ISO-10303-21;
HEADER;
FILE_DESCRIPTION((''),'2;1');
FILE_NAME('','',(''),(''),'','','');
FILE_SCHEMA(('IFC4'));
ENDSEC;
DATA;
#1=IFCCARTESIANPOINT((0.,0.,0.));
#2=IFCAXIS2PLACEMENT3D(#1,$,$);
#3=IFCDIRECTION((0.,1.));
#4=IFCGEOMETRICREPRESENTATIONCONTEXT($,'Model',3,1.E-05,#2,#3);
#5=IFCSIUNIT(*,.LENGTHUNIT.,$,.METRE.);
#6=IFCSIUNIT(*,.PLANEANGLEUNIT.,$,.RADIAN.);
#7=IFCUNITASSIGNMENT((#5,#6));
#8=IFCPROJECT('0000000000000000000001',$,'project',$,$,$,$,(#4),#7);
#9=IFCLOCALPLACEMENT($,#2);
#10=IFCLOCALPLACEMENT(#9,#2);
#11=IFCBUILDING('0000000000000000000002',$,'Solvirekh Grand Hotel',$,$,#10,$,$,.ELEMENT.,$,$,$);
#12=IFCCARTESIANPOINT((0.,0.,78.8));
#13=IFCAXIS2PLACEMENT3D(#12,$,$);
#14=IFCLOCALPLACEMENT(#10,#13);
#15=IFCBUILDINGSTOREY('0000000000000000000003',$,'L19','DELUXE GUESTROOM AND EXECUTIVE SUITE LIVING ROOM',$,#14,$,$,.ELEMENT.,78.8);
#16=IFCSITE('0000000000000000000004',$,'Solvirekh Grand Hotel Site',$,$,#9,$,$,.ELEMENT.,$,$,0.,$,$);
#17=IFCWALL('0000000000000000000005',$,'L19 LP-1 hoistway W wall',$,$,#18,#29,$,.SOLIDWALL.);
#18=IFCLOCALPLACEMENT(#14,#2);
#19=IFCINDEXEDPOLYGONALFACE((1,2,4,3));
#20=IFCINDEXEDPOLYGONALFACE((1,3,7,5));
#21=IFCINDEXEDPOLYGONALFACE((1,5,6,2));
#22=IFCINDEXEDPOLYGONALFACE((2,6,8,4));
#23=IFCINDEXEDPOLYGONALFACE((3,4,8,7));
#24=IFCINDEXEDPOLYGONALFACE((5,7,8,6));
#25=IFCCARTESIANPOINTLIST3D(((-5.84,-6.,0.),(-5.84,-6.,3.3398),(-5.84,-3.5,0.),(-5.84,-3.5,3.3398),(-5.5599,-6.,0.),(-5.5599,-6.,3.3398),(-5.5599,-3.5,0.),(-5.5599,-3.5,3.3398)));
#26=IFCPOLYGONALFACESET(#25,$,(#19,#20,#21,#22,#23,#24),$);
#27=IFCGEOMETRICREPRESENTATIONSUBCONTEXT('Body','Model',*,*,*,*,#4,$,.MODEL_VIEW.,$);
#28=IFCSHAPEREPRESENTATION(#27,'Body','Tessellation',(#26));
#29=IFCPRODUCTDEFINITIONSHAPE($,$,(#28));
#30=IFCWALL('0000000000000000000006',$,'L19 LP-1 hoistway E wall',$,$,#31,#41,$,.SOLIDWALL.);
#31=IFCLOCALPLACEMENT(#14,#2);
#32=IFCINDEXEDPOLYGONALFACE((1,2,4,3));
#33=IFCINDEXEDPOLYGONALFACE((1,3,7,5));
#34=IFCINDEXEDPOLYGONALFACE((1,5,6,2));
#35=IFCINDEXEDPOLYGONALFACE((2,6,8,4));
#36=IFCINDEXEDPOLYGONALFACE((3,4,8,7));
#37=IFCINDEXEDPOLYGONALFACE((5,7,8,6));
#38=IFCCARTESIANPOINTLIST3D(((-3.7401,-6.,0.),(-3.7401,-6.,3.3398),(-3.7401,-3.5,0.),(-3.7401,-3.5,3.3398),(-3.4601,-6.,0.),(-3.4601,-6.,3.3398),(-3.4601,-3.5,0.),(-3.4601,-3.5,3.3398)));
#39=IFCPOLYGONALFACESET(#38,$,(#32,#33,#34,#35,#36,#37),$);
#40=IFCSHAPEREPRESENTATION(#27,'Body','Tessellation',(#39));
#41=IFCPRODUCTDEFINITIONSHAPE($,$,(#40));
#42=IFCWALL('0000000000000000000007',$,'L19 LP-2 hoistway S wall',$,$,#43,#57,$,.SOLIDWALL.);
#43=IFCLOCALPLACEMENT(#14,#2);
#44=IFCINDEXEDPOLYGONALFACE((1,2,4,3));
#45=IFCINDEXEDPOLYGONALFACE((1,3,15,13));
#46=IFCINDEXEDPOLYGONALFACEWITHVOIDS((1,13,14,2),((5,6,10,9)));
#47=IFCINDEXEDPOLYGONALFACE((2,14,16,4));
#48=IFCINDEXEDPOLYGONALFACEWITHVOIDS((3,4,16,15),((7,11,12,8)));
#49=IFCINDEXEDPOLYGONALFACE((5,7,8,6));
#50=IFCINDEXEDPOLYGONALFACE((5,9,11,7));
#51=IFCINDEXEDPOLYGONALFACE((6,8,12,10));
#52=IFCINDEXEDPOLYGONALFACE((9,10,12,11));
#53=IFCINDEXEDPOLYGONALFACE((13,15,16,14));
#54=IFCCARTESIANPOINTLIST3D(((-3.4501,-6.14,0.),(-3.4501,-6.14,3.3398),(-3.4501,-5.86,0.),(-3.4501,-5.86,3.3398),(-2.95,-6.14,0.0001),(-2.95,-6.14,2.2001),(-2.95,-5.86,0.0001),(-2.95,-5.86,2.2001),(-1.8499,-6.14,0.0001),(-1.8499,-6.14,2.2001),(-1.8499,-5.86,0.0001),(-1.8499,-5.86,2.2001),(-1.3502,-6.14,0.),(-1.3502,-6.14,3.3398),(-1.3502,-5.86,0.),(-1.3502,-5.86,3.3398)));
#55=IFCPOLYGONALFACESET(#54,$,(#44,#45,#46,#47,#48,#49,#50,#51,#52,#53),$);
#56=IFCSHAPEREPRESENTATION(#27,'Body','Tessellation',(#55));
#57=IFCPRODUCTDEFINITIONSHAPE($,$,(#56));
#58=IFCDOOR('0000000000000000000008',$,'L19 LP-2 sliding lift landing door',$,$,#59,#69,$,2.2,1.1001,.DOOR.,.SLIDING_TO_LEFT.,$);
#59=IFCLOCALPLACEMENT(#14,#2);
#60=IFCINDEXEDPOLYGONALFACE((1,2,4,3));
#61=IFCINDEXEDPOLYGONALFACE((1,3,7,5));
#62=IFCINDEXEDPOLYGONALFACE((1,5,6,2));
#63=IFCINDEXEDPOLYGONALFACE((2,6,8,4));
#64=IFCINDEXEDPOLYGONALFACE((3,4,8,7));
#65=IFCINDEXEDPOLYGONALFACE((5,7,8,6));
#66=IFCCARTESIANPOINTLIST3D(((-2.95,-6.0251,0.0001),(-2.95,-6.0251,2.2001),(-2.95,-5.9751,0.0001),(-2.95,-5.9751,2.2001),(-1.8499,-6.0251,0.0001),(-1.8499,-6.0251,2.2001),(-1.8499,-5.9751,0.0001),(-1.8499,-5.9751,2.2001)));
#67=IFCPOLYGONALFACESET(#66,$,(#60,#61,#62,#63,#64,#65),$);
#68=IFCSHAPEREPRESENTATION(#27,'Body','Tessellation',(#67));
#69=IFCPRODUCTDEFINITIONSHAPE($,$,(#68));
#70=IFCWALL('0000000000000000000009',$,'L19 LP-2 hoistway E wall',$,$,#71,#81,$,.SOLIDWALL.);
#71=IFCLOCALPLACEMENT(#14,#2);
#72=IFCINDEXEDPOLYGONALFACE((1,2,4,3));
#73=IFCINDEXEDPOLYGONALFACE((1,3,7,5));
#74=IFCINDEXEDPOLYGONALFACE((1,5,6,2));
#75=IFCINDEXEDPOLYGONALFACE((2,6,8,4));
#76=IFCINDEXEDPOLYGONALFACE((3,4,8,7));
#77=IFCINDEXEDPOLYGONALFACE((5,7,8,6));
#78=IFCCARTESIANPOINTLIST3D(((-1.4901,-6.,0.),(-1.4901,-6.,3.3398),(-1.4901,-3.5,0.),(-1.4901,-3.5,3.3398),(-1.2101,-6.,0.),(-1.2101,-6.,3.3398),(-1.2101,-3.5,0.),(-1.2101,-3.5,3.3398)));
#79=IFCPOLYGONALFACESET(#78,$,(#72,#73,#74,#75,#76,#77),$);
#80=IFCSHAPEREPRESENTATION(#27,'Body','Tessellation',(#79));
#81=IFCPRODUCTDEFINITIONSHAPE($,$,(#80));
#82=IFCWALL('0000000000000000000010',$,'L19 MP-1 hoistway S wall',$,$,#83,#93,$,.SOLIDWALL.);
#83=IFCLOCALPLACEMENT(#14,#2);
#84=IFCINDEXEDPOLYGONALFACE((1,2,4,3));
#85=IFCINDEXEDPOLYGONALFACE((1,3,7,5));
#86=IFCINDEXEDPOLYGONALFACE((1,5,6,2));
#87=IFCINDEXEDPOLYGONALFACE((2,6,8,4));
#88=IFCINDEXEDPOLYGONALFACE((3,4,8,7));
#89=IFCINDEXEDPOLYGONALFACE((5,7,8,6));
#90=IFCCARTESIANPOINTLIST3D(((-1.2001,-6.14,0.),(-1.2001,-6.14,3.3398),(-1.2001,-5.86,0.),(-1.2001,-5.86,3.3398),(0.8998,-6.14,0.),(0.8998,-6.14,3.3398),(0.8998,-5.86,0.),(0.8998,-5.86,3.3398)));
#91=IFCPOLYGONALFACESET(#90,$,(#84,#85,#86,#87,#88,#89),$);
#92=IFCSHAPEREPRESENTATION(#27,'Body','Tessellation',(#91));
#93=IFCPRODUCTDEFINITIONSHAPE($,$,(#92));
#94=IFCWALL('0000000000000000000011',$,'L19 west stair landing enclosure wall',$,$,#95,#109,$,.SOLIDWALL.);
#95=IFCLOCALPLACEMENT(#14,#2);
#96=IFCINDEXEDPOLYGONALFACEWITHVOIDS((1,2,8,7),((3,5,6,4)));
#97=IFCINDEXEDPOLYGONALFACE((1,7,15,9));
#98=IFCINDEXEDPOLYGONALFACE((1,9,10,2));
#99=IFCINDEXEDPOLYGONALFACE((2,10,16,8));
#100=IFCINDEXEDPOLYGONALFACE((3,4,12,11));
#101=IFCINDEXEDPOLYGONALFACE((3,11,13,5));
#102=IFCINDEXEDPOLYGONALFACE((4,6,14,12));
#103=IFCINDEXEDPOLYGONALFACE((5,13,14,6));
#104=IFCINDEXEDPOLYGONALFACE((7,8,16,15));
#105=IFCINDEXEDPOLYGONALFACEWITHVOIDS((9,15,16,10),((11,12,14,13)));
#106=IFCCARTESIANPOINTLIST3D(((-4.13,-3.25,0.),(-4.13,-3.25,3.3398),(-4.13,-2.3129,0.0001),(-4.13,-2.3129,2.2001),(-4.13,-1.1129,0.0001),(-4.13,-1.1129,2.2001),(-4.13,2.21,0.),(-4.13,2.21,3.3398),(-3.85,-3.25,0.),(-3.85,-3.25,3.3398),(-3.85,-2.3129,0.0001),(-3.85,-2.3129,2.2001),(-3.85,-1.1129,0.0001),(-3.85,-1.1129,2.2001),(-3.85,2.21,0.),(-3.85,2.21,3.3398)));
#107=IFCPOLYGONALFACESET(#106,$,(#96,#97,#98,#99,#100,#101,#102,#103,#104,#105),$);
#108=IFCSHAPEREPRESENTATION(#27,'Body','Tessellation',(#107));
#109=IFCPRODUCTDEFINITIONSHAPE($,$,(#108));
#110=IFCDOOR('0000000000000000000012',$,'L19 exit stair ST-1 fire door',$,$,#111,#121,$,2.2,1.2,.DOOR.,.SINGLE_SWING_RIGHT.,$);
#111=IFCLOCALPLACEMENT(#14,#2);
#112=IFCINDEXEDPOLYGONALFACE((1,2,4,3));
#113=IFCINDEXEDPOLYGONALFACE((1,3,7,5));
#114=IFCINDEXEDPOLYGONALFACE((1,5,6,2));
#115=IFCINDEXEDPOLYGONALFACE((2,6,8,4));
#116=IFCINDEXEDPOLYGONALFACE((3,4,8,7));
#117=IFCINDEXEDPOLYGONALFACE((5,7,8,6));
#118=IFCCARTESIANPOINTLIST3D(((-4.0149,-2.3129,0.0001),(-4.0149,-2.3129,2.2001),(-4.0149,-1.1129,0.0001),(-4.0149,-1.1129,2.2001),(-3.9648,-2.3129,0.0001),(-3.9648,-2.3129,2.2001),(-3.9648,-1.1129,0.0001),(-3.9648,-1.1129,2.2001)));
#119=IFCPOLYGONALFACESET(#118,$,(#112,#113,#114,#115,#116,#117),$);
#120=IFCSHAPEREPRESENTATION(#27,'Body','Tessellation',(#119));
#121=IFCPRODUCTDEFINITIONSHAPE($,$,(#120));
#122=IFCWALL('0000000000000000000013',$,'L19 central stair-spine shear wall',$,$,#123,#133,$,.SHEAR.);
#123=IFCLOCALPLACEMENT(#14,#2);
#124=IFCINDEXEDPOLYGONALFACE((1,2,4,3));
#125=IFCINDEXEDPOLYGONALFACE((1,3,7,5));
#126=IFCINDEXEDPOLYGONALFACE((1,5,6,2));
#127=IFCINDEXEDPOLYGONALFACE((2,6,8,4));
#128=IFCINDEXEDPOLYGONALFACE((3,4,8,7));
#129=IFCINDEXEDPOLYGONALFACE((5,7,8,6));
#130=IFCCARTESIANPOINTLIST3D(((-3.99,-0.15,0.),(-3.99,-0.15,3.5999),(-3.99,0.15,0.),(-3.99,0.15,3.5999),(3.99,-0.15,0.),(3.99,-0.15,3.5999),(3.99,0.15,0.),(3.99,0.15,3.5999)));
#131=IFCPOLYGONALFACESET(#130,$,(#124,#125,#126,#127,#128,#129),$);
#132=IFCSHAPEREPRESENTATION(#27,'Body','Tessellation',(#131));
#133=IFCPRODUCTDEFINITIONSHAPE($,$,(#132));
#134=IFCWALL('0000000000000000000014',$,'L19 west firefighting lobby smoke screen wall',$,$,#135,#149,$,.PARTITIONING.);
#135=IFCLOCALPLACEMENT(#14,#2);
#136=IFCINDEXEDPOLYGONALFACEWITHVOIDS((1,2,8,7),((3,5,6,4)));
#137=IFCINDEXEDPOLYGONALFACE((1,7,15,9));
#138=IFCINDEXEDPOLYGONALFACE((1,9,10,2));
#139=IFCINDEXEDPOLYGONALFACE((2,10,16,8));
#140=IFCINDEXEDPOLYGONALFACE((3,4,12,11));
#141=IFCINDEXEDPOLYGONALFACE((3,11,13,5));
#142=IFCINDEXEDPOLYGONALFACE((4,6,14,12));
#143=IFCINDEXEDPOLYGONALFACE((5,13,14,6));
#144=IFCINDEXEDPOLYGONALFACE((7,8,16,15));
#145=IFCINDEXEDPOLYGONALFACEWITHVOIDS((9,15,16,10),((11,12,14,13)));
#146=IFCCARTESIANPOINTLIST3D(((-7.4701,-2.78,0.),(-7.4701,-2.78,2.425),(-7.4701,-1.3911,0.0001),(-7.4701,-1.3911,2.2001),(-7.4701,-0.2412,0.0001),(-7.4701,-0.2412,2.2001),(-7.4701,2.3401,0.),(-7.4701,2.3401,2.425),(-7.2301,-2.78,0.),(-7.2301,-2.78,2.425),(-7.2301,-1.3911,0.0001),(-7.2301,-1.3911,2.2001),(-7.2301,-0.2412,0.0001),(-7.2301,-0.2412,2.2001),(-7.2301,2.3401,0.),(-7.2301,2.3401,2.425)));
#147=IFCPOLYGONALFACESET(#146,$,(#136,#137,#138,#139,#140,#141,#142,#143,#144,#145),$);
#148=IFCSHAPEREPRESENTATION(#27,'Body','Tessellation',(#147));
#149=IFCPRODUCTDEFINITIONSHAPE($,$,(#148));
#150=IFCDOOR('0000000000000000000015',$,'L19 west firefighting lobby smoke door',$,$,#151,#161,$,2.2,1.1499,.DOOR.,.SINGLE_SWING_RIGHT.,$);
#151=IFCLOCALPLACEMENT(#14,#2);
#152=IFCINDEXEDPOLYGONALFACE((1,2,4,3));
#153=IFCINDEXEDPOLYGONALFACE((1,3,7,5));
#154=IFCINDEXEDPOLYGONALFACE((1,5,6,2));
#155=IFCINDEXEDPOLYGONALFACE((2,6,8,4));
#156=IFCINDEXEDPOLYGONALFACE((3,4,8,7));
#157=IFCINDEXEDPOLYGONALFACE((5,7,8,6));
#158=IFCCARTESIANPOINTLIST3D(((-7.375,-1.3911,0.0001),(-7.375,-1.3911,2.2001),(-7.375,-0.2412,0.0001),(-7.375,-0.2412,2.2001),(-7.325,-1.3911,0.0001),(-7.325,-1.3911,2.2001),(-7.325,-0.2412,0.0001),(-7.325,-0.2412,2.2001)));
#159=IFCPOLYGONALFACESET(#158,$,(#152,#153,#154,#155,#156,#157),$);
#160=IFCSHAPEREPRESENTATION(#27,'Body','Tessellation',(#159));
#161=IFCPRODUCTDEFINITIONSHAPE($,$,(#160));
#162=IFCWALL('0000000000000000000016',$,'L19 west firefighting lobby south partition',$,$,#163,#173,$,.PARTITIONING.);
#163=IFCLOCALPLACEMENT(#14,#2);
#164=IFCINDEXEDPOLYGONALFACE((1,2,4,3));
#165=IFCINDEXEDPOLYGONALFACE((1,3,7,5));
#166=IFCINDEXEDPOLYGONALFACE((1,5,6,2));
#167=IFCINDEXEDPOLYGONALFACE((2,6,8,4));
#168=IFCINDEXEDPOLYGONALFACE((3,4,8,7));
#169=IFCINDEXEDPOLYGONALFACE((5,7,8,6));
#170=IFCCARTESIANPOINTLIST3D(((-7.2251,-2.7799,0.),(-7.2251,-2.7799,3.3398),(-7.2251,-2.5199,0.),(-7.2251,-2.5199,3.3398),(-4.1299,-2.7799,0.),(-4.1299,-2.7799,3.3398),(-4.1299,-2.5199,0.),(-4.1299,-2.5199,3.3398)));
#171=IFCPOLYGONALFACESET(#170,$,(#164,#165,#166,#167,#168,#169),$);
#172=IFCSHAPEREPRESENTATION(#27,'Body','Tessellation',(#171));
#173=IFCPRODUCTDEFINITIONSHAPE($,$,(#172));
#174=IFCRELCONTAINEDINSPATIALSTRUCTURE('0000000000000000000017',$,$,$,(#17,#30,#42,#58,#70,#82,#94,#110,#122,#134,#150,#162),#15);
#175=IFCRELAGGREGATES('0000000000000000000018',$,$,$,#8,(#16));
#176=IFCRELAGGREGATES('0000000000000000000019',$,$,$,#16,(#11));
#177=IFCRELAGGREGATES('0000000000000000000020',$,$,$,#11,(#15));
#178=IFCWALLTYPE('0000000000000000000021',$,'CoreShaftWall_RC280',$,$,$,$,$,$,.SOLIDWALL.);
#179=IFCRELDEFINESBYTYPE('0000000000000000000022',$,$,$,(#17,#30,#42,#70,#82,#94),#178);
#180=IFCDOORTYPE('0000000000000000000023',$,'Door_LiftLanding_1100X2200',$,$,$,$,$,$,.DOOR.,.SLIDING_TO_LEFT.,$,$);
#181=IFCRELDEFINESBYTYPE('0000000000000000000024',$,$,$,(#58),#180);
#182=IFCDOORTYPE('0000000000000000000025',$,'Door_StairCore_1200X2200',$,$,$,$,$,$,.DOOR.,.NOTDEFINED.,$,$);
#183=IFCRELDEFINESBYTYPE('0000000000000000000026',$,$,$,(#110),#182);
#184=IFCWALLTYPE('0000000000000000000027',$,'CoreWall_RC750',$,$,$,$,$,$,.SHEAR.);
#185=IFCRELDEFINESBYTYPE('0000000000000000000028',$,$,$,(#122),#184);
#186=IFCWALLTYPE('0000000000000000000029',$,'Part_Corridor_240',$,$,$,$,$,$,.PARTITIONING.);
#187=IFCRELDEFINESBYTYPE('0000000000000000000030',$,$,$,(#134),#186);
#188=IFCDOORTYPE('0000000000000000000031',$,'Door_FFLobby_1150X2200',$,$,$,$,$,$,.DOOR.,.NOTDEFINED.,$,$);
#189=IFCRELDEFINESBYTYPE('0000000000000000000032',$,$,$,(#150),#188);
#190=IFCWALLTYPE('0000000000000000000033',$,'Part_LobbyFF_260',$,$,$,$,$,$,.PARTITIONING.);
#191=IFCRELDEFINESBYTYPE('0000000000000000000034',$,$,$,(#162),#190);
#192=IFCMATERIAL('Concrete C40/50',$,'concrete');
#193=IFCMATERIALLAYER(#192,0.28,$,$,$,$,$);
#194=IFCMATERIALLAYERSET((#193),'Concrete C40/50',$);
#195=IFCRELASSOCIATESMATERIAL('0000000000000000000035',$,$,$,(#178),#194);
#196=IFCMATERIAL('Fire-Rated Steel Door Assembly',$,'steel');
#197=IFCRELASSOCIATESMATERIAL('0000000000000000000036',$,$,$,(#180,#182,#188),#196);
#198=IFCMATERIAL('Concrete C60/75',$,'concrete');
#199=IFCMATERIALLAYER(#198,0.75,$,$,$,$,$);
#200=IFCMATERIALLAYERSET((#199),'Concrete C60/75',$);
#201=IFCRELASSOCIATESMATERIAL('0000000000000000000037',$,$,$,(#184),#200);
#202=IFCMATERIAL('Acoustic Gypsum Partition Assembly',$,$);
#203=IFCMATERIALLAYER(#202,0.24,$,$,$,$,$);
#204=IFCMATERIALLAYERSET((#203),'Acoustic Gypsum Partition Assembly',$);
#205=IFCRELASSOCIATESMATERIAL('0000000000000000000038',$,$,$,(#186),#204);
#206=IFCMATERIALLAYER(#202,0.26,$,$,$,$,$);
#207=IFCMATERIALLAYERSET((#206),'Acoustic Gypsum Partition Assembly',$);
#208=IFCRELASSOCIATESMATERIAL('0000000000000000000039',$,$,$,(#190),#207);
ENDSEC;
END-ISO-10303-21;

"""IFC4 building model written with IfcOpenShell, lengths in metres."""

from ifc_helpers import new_model, si_unit, direction, frame, frame_2d, origin, place, context, subcontext, project, spatial, rectangle, extrude, material, layer, layer_set, type_object, element, fill, save


model = new_model("IFC4")

# Units and contexts
model_context = context("Model", 3, precision=1e-05, world=origin(), true_north=direction((0.0, 1.0)))
body_context = subcontext(model_context, "Body", "Model", "MODEL_VIEW")
ifc_project = project(units=[si_unit("LENGTHUNIT", "METRE"), si_unit("PLANEANGLEUNIT", "RADIAN")], contexts=[model_context])

# Site, building, storey
site_placement = place(None, origin())
site = spatial("IfcSite", under=ifc_project, at=site_placement, Name="Solvirekh Grand Hotel Site", CompositionType="ELEMENT", RefElevation=0.0)
building_placement = place(site_placement, origin())
building = spatial("IfcBuilding", under=site, at=building_placement, Name="Solvirekh Grand Hotel", CompositionType="ELEMENT")
storey_placement = place(building_placement, frame((0.0, 0.0, 78.8)))
storey = spatial("IfcBuildingStorey", under=building, at=storey_placement, Name="L19", Description="DELUXE GUESTROOM AND EXECUTIVE SUITE LIVING ROOM", CompositionType="ELEMENT", Elevation=78.8)

# Walls
ifc_material_1 = material(Name="Concrete C40/50", Category="concrete")
ifc_layer_1 = layer(ifc_material_1, 0.28)
ifc_layer_set_1 = layer_set([ifc_layer_1], Name="Concrete C40/50")
wall_type_1 = type_object("IfcWallType", Name="CoreShaftWall_RC280", PredefinedType="SOLIDWALL", material=ifc_layer_set_1)
for number, where, z_axis, x_axis, name in (
    (1, (-5.7, -3.5, 0.0), (0.0, 0.0, 1.0), (0.0, -1.0, 0.0), "L19 LP-1 hoistway W wall"),
    (2, (-3.6001, -6.0, 0.0), (0.0, 0.0, 1.0), (0.0, 1.0, 0.0), "L19 LP-1 hoistway E wall"),
):
    element("IfcWall", number, at=place(storey_placement, frame(where, z_axis=z_axis, x_axis=x_axis)), inside=storey, type_object=wall_type_1, Name=name, PredefinedType="SOLIDWALL", context=body_context, shape_type="SweptSolid", body=[
        extrude(rectangle(XDim=2.5, YDim=0.28, at=frame_2d((1.25, 0.0))), origin(), (0.0, 0.0, 1.0), 3.3398),
    ])

# Wall, opening, door
wall_1_placement = place(storey_placement, frame((-3.45, -6.0, 0.0), z_axis=(0.0, 0.0, 1.0), x_axis=(1.0, 0.0, 0.0)))
wall_1 = element("IfcWall", 3, at=wall_1_placement, inside=storey, type_object=wall_type_1, Name="L19 LP-2 hoistway S wall", PredefinedType="SOLIDWALL", context=body_context, shape_type="SweptSolid", body=[
    extrude(rectangle(XDim=2.0999, YDim=0.28, at=frame_2d((1.0498, 0.0))), origin(), (0.0, 0.0, 1.0), 3.3398),
])
opening_1_placement = place(wall_1_placement, frame((0.5, 0.0, 0.0)))
opening_1 = element("IfcOpeningElement", 4, at=opening_1_placement, cuts=wall_1, PredefinedType="OPENING", context=body_context, shape_type="SweptSolid", body=[
    extrude(rectangle(XDim=1.1001, YDim=2.2, at=frame_2d((0.55, 1.1001))), frame((0.0, 0.1499, 0.0), z_axis=(0.0, -1.0, 0.0), x_axis=(1.0, 0.0, 0.0)), (0.0, 0.0, 1.0), 0.3),
])
ifc_material_2 = material(Name="Fire-Rated Steel Door Assembly", Category="steel")
door_type_1 = type_object("IfcDoorType", Name="Door_LiftLanding_1100X2200", OperationType="SLIDING_TO_LEFT", PredefinedType="DOOR", material=ifc_material_2)
door_1_placement = place(opening_1_placement, origin())
door_1 = element("IfcDoor", 5, at=door_1_placement, inside=storey, type_object=door_type_1, Name="L19 LP-2 sliding lift landing door", OperationType="SLIDING_TO_LEFT", OverallHeight=2.2, OverallWidth=1.1001, PredefinedType="DOOR", context=body_context, shape_type="SweptSolid", body=[
    extrude(rectangle(XDim=1.1001, YDim=2.2, at=frame_2d((0.55, 1.1001))), frame((0.0, 0.0249, 0.0), z_axis=(0.0, -1.0, 0.0), x_axis=(1.0, 0.0, 0.0)), (0.0, 0.0, 1.0), 0.05),
])
fill(opening_1, door_1)

# Walls
wall_2_placement = place(storey_placement, frame((-1.3501, -6.0, 0.0), z_axis=(0.0, 0.0, 1.0), x_axis=(0.0, 1.0, 0.0)))
element("IfcWall", 6, at=wall_2_placement, inside=storey, type_object=wall_type_1, Name="L19 LP-2 hoistway E wall", PredefinedType="SOLIDWALL", context=body_context, shape_type="SweptSolid", body=[
    extrude(rectangle(XDim=2.5, YDim=0.28, at=frame_2d((1.25, 0.0))), origin(), (0.0, 0.0, 1.0), 3.3398),
])
wall_3_placement = place(storey_placement, frame((-1.2, -6.0, 0.0), z_axis=(0.0, 0.0, 1.0), x_axis=(1.0, 0.0, 0.0)))
element("IfcWall", 7, at=wall_3_placement, inside=storey, type_object=wall_type_1, Name="L19 MP-1 hoistway S wall", PredefinedType="SOLIDWALL", context=body_context, shape_type="SweptSolid", body=[
    extrude(rectangle(XDim=2.0999, YDim=0.28, at=frame_2d((1.0498, 0.0))), origin(), (0.0, 0.0, 1.0), 3.3398),
])

# Wall, opening, door
wall_4_placement = place(storey_placement, frame((-3.99, -3.25, 0.0), z_axis=(0.0, 0.0, 1.0), x_axis=(0.0, 1.0, 0.0)))
wall_4 = element("IfcWall", 8, at=wall_4_placement, inside=storey, type_object=wall_type_1, Name="L19 west stair landing enclosure wall", PredefinedType="SOLIDWALL", context=body_context, shape_type="SweptSolid", body=[
    extrude(rectangle(XDim=5.46, YDim=0.28, at=frame_2d((2.73, 0.0))), origin(), (0.0, 0.0, 1.0), 3.3398),
])
opening_2_placement = place(wall_4_placement, frame((0.937, 0.0, 0.0)))
opening_2 = element("IfcOpeningElement", 9, at=opening_2_placement, cuts=wall_4, PredefinedType="OPENING", context=body_context, shape_type="SweptSolid", body=[
    extrude(rectangle(XDim=1.2, YDim=2.2, at=frame_2d((0.6001, 1.1001))), frame((0.0, 0.1499, 0.0), z_axis=(0.0, -1.0, 0.0), x_axis=(1.0, 0.0, 0.0)), (0.0, 0.0, 1.0), 0.3),
])
door_type_2 = type_object("IfcDoorType", Name="Door_StairCore_1200X2200", OperationType="NOTDEFINED", PredefinedType="DOOR", material=ifc_material_2)
door_2_placement = place(opening_2_placement, origin())
door_2 = element("IfcDoor", 10, at=door_2_placement, inside=storey, type_object=door_type_2, Name="L19 exit stair ST-1 fire door", OperationType="SINGLE_SWING_RIGHT", OverallHeight=2.2, OverallWidth=1.2, PredefinedType="DOOR", context=body_context, shape_type="SweptSolid", body=[
    extrude(rectangle(XDim=1.2, YDim=2.2, at=frame_2d((0.6001, 1.1001))), frame((0.0, 0.0249, 0.0), z_axis=(0.0, -1.0, 0.0), x_axis=(1.0, 0.0, 0.0)), (0.0, 0.0, 1.0), 0.05),
])
fill(opening_2, door_2)

# Wall
ifc_material_3 = material(Name="Concrete C60/75", Category="concrete")
ifc_layer_2 = layer(ifc_material_3, 0.75)
ifc_layer_set_2 = layer_set([ifc_layer_2], Name="Concrete C60/75")
wall_type_2 = type_object("IfcWallType", Name="CoreWall_RC750", PredefinedType="SHEAR", material=ifc_layer_set_2)
wall_5_placement = place(storey_placement, frame((-3.99, 0.0, 0.0), z_axis=(0.0, 0.0, 1.0), x_axis=(1.0, 0.0, 0.0)))
element("IfcWall", 11, at=wall_5_placement, inside=storey, type_object=wall_type_2, Name="L19 central stair-spine shear wall", PredefinedType="SHEAR", context=body_context, shape_type="SweptSolid", body=[
    extrude(rectangle(XDim=7.98, YDim=0.3, at=frame_2d((3.99, 0.0))), origin(), (0.0, 0.0, 1.0), 3.5999),
])

# Wall, opening, door
ifc_material_4 = material(Name="Acoustic Gypsum Partition Assembly")
ifc_layer_3 = layer(ifc_material_4, 0.24)
ifc_layer_set_3 = layer_set([ifc_layer_3], Name="Acoustic Gypsum Partition Assembly")
wall_type_3 = type_object("IfcWallType", Name="Part_Corridor_240", PredefinedType="PARTITIONING", material=ifc_layer_set_3)
wall_6_placement = place(storey_placement, frame((-7.3501, -2.78, 0.0), z_axis=(0.0, 0.0, 1.0), x_axis=(0.0, 1.0, 0.0)))
wall_6 = element("IfcWall", 12, at=wall_6_placement, inside=storey, type_object=wall_type_3, Name="L19 west firefighting lobby smoke screen wall", PredefinedType="PARTITIONING", context=body_context, shape_type="SweptSolid", body=[
    extrude(rectangle(XDim=5.1201, YDim=0.24, at=frame_2d((2.5601, 0.0))), origin(), (0.0, 0.0, 1.0), 2.425),
])
opening_3_placement = place(wall_6_placement, frame((1.3889, 0.0, 0.0)))
opening_3 = element("IfcOpeningElement", 13, at=opening_3_placement, cuts=wall_6, PredefinedType="OPENING", context=body_context, shape_type="SweptSolid", body=[
    extrude(rectangle(XDim=1.1499, YDim=2.2, at=frame_2d((0.575, 1.1001))), frame((0.0, 0.1299, 0.0), z_axis=(0.0, -1.0, 0.0), x_axis=(1.0, 0.0, 0.0)), (0.0, 0.0, 1.0), 0.26),
])
door_type_3 = type_object("IfcDoorType", Name="Door_FFLobby_1150X2200", OperationType="NOTDEFINED", PredefinedType="DOOR", material=ifc_material_2)
door_3_placement = place(opening_3_placement, origin())
door_3 = element("IfcDoor", 14, at=door_3_placement, inside=storey, type_object=door_type_3, Name="L19 west firefighting lobby smoke door", OperationType="SINGLE_SWING_RIGHT", OverallHeight=2.2, OverallWidth=1.1499, PredefinedType="DOOR", context=body_context, shape_type="SweptSolid", body=[
    extrude(rectangle(XDim=1.1499, YDim=2.2, at=frame_2d((0.575, 1.1001))), frame((0.0, 0.0249, 0.0), z_axis=(0.0, -1.0, 0.0), x_axis=(1.0, 0.0, 0.0)), (0.0, 0.0, 1.0), 0.05),
])
fill(opening_3, door_3)

# Wall
ifc_layer_4 = layer(ifc_material_4, 0.26)
ifc_layer_set_4 = layer_set([ifc_layer_4], Name="Acoustic Gypsum Partition Assembly")
wall_type_4 = type_object("IfcWallType", Name="Part_LobbyFF_260", PredefinedType="PARTITIONING", material=ifc_layer_set_4)
wall_7_placement = place(storey_placement, frame((-7.2251, -2.6499, 0.0), z_axis=(0.0, 0.0, 1.0), x_axis=(1.0, 0.0, 0.0)))
element("IfcWall", 15, at=wall_7_placement, inside=storey, type_object=wall_type_4, Name="L19 west firefighting lobby south partition", PredefinedType="PARTITIONING", context=body_context, shape_type="SweptSolid", body=[
    extrude(rectangle(XDim=3.0952, YDim=0.26, at=frame_2d((1.5476, 0.0))), origin(), (0.0, 0.0, 1.0), 3.3398),
])

save(model, "model.ifc")
